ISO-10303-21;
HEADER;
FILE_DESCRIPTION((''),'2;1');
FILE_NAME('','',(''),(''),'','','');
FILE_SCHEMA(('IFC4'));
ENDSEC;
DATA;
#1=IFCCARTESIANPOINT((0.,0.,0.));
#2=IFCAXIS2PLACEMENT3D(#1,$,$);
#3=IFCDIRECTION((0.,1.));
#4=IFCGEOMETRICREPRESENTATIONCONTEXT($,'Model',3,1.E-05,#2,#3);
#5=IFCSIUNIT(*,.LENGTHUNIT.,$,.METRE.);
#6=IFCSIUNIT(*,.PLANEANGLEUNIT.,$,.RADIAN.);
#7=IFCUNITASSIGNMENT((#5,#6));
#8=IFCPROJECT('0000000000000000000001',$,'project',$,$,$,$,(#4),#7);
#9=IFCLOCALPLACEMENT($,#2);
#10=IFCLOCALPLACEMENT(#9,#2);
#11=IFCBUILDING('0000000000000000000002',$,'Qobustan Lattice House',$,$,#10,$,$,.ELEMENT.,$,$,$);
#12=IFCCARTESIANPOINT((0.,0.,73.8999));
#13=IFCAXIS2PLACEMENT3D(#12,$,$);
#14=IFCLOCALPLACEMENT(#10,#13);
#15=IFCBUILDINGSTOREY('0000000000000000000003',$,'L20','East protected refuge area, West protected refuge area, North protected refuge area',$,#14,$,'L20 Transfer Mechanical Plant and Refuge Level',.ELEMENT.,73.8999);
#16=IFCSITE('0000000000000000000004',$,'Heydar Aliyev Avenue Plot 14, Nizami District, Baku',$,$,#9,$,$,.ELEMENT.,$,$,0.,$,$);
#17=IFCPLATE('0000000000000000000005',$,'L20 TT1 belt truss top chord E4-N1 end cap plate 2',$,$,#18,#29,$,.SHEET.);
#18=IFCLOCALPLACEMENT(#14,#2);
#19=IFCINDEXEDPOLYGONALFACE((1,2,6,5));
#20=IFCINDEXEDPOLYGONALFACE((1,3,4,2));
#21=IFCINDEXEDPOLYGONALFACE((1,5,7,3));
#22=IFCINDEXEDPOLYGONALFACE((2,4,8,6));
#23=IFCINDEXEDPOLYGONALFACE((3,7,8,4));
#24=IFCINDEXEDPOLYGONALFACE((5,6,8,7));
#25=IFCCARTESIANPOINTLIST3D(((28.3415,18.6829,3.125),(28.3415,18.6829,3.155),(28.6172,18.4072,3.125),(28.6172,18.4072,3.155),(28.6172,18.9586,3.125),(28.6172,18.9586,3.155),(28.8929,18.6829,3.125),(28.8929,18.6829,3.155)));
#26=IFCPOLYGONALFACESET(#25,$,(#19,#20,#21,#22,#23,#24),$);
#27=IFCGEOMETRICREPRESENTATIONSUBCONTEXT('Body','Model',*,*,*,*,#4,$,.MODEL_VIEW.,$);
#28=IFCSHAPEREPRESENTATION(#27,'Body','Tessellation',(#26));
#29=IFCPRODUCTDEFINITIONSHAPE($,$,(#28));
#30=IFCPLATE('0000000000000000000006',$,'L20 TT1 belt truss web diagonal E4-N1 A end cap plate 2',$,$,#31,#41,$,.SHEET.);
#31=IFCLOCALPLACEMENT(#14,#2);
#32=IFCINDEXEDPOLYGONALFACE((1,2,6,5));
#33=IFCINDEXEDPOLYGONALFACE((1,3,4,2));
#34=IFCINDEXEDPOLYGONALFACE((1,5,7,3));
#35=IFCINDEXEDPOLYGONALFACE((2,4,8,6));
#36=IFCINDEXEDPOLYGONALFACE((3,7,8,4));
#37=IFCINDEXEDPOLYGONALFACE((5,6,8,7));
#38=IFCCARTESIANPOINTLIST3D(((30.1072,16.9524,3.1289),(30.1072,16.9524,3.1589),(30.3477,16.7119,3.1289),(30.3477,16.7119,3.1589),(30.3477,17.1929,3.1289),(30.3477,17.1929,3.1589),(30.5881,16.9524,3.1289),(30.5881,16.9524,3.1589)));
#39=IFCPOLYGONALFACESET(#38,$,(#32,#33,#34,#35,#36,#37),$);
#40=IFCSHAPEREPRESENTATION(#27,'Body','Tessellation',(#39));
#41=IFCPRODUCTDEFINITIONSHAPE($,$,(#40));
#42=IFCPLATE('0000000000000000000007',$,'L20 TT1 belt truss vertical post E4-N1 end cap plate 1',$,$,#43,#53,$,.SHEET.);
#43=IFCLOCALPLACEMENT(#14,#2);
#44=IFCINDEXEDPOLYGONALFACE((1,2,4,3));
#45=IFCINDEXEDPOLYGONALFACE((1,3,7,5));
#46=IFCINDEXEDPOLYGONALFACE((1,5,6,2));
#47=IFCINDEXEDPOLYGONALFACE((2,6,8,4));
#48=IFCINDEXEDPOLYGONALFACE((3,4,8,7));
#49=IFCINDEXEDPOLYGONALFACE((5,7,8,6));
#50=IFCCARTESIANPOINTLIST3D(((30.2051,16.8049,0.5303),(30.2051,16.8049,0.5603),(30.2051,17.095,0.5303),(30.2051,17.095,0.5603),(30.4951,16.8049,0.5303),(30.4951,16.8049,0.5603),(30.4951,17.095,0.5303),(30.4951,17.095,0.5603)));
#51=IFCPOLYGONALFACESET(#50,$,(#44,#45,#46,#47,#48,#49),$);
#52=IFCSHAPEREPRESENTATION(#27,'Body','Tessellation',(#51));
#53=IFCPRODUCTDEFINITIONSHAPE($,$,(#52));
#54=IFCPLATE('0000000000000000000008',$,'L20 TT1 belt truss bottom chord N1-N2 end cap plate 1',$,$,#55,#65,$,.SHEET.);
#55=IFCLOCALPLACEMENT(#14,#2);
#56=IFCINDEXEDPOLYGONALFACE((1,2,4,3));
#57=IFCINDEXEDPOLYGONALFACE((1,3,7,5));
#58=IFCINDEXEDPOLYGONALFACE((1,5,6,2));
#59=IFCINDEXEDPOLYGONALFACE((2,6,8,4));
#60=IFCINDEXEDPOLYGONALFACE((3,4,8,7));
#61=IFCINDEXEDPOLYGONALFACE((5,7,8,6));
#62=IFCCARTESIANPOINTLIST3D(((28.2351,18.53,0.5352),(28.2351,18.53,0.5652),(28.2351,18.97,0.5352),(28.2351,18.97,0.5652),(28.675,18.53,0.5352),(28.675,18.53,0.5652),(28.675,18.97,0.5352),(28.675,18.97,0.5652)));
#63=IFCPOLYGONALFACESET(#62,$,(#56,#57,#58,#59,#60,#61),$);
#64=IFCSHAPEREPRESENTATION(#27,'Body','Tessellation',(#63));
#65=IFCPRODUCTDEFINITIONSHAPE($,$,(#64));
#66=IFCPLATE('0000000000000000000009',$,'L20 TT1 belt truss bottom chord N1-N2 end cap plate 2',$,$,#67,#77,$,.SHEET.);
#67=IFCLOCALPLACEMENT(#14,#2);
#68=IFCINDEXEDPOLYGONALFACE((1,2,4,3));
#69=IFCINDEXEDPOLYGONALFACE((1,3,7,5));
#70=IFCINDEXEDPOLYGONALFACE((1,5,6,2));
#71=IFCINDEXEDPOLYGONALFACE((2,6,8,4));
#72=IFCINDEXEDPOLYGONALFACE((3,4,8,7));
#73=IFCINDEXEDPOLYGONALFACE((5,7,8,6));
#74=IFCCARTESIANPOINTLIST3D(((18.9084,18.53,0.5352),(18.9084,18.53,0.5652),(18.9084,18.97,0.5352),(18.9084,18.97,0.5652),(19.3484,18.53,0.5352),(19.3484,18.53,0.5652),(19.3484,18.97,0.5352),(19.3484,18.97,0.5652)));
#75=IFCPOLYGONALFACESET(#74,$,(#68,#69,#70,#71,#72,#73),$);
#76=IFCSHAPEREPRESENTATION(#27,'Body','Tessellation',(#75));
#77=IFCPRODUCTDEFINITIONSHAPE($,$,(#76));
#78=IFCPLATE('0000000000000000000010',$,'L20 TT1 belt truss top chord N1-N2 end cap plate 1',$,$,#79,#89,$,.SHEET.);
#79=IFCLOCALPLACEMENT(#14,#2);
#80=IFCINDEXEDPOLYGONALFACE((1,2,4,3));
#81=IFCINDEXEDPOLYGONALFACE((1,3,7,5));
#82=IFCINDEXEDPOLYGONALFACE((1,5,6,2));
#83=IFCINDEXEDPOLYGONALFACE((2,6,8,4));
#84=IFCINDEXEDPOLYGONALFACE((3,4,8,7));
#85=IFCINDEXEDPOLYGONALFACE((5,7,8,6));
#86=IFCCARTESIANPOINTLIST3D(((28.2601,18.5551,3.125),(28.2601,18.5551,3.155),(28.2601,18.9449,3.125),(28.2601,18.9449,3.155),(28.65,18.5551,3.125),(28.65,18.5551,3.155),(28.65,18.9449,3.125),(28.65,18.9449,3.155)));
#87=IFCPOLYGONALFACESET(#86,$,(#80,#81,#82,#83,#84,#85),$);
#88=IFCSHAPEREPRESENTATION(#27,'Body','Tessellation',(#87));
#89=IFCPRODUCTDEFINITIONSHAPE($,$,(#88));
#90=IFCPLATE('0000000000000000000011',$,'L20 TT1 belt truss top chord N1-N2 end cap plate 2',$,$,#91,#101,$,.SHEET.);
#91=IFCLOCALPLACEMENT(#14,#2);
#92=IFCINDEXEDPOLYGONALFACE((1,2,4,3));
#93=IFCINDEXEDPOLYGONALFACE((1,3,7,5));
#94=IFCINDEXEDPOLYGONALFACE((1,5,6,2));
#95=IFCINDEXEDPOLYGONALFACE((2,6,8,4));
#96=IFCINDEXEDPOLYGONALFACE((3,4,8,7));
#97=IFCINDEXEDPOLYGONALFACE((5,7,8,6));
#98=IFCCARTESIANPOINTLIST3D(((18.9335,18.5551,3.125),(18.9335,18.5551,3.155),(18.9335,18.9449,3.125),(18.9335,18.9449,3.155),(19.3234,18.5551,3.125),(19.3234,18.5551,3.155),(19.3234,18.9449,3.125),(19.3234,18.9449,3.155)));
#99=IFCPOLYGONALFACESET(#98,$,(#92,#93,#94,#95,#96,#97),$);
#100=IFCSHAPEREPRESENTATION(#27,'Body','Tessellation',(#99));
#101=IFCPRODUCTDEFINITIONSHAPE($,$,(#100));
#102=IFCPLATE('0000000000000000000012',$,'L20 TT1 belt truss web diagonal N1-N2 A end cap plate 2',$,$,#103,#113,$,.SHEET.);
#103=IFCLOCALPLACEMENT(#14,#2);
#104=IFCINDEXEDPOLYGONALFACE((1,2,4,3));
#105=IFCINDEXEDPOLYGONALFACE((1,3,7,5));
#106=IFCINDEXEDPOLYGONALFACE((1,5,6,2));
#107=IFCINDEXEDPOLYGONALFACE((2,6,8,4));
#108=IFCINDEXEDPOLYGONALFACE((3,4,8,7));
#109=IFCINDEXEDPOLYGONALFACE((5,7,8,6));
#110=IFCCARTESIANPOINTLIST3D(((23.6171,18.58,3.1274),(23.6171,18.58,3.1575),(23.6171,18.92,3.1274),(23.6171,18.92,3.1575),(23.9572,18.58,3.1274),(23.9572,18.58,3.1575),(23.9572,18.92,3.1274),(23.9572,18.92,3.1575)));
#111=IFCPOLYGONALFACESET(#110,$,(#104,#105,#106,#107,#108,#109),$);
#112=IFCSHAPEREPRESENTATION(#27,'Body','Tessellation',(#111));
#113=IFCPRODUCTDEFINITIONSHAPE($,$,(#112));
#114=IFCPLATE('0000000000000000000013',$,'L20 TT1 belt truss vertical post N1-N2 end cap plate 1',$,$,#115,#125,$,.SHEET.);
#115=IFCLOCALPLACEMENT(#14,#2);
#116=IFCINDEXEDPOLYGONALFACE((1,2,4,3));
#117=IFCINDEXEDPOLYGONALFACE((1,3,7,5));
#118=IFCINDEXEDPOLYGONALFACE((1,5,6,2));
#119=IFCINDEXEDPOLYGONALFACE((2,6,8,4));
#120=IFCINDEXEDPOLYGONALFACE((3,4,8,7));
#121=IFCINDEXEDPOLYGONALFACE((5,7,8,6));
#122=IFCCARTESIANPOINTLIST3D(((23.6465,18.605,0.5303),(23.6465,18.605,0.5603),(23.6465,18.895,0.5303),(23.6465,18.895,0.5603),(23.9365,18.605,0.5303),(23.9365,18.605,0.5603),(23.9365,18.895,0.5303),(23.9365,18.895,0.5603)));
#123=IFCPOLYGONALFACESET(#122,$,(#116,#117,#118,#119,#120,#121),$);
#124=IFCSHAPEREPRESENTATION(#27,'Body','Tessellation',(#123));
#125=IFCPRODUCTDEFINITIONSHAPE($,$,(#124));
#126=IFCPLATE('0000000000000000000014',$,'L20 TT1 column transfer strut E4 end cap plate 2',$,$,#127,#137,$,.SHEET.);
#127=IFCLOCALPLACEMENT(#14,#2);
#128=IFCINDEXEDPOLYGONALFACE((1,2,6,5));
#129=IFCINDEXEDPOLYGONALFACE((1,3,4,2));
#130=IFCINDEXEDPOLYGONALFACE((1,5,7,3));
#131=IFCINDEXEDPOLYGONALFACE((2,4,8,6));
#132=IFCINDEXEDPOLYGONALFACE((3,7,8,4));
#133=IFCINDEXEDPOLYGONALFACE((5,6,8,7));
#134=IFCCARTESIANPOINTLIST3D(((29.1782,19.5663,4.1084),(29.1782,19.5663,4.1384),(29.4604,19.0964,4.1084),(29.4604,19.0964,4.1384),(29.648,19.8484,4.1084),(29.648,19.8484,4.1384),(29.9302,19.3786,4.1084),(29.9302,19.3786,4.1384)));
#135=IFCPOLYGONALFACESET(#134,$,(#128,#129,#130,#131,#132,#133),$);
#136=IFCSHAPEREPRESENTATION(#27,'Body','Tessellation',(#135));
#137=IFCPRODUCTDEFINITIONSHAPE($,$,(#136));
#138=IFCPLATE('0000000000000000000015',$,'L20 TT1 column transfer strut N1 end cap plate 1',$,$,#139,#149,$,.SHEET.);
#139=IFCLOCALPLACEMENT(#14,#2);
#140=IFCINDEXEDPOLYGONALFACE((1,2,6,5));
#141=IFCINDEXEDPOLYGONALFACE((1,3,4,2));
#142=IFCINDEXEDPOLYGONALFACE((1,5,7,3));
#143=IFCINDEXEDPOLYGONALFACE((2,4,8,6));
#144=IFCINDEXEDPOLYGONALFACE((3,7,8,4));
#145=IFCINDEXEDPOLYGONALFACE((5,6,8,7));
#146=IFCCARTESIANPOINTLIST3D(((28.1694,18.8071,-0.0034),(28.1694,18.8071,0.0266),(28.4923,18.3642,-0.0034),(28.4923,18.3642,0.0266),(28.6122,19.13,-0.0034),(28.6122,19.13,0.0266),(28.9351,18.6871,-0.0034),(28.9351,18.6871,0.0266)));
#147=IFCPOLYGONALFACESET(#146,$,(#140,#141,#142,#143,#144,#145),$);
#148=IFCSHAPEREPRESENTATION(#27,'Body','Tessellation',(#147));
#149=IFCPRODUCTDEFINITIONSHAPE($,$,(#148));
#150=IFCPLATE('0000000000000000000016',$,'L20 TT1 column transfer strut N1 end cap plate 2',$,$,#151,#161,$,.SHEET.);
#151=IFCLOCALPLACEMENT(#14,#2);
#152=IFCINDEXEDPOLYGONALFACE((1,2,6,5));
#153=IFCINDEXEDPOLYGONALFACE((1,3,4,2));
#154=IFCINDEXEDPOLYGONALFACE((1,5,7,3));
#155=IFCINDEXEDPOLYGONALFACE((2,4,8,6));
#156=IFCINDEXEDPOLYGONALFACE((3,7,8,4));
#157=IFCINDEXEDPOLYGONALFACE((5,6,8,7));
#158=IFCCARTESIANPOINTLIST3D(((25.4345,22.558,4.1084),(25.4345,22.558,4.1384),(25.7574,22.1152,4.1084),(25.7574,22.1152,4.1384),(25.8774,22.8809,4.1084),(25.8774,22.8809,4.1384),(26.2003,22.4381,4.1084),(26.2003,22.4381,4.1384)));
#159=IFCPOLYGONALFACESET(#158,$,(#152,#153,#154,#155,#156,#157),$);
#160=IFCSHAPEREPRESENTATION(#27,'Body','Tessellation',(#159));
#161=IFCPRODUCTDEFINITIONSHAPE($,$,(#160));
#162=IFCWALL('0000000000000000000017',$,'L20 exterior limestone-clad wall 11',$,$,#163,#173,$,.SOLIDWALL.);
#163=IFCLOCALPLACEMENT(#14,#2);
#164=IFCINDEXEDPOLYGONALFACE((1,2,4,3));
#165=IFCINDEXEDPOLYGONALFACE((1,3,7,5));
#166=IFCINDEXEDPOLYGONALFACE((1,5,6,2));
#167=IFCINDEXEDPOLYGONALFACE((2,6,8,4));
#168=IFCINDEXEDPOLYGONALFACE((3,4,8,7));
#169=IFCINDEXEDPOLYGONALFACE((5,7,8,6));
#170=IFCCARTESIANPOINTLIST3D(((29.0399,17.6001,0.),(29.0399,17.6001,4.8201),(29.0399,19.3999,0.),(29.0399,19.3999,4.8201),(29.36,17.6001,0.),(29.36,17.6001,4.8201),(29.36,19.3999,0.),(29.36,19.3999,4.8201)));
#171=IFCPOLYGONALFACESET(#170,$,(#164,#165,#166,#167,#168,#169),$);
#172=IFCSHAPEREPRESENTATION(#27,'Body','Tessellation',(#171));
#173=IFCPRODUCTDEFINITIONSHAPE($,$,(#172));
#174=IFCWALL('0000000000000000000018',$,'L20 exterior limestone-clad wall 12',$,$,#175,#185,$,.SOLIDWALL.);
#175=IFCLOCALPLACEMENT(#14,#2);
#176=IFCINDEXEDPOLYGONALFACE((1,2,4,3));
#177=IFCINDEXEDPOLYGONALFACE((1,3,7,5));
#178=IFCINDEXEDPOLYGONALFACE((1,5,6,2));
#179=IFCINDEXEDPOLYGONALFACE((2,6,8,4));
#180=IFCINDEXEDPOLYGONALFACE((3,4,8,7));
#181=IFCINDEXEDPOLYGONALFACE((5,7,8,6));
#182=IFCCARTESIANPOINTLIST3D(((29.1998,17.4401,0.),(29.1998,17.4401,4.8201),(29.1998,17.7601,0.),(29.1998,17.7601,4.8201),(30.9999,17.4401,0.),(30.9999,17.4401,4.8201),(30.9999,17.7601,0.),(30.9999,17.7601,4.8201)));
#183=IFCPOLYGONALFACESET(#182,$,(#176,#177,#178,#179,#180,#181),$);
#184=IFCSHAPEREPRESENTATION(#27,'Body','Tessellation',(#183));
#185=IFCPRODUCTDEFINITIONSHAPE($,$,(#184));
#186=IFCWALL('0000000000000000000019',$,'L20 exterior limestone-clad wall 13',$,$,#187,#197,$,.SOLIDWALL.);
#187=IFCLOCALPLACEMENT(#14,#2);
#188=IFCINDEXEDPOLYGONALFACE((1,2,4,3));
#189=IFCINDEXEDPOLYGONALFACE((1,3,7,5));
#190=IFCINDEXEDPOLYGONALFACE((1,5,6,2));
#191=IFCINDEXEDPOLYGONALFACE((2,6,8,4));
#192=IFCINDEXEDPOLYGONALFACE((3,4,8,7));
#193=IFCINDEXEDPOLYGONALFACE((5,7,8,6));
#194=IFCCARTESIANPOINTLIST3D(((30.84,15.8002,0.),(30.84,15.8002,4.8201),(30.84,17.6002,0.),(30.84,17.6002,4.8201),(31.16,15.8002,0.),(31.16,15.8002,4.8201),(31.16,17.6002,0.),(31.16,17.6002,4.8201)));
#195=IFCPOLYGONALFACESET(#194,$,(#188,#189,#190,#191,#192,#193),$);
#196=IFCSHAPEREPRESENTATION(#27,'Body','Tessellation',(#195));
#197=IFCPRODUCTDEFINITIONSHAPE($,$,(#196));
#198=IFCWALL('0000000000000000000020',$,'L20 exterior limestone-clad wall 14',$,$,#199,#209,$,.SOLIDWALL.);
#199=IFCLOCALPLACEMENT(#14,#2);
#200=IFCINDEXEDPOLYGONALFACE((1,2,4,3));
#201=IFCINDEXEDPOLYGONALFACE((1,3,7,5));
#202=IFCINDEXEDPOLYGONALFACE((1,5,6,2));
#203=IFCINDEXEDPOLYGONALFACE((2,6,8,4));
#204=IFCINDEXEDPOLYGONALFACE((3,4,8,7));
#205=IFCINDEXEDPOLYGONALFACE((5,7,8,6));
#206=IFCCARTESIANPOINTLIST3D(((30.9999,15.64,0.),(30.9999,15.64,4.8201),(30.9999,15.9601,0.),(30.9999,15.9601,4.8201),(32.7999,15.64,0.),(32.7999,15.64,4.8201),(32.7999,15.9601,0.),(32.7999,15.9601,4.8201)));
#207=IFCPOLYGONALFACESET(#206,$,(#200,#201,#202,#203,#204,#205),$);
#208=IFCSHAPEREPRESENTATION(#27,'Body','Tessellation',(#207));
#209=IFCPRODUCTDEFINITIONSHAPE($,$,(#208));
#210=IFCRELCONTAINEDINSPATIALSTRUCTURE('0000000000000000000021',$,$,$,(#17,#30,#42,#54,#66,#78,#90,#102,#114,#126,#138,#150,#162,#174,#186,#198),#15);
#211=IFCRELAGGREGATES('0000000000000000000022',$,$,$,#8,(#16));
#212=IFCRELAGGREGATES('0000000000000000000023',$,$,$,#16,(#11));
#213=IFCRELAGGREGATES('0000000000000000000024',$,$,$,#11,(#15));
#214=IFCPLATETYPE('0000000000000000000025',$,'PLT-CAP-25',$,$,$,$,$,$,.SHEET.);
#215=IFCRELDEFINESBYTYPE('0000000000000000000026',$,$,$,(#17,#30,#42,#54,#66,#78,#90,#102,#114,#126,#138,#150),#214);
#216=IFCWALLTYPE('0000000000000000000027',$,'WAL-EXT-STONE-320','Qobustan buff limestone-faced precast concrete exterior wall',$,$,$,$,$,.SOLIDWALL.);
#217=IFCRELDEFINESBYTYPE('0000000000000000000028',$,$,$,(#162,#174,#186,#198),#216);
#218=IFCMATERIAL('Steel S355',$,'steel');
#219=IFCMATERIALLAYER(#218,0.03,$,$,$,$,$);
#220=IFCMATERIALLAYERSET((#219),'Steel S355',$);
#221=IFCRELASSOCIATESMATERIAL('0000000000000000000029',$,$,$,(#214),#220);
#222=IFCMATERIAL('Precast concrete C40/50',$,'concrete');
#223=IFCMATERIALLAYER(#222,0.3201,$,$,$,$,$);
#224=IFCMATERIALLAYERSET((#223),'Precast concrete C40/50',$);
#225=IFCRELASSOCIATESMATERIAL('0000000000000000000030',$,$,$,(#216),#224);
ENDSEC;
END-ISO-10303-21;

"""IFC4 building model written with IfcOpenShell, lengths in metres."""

from ifc_helpers import new_model, si_unit, direction, frame, frame_2d, origin, origin_2d, place, context, subcontext, project, spatial, rectangle, extrude, material, layer, layer_set, type_object, element, save


model = new_model("IFC4")

# Units and contexts
model_context = context("Model", 3, precision=1e-05, world=origin(), true_north=direction((0.0, 1.0)))
body_context = subcontext(model_context, "Body", "Model", "MODEL_VIEW")
ifc_project = project(units=[si_unit("LENGTHUNIT", "METRE"), si_unit("PLANEANGLEUNIT", "RADIAN")], contexts=[model_context])

# Site, building, storey
site_placement = place(None, origin())
site = spatial("IfcSite", under=ifc_project, at=site_placement, Name="Heydar Aliyev Avenue Plot 14, Nizami District, Baku", CompositionType="ELEMENT", RefElevation=0.0)
building_placement = place(site_placement, origin())
building = spatial("IfcBuilding", under=site, at=building_placement, Name="Qobustan Lattice House", CompositionType="ELEMENT")
storey_placement = place(building_placement, frame((0.0, 0.0, 73.8999)))
storey = spatial("IfcBuildingStorey", under=building, at=storey_placement, Name="L20", Description="East protected refuge area, West protected refuge area, North protected refuge area", LongName="L20 Transfer Mechanical Plant and Refuge Level", CompositionType="ELEMENT", Elevation=73.8999)

# Plates
ifc_material_1 = material(Name="Steel S355", Category="steel")
ifc_layer_1 = layer(ifc_material_1, 0.03)
ifc_layer_set_1 = layer_set([ifc_layer_1], Name="Steel S355")
plate_type = type_object("IfcPlateType", Name="PLT-CAP-25", PredefinedType="SHEET", material=ifc_layer_set_1)
for number, where, z_axis, x_axis, name in (
    (1, (28.6172, 18.6829, 3.125), (0.0, 0.0, 1.0), (-0.707107, 0.707107, 0.0), "L20 TT1 belt truss top chord E4-N1 end cap plate 2"),
):
    element("IfcPlate", number, at=place(storey_placement, frame(where, z_axis=z_axis, x_axis=x_axis)), inside=storey, type_object=plate_type, Name=name, PredefinedType="SHEET", context=body_context, shape_type="SweptSolid", body=[
        extrude(rectangle(XDim=0.3899, YDim=0.3899, at=origin_2d()), origin(), (0.0, 0.0, 1.0), 0.03),
    ])
plate_1_placement = place(storey_placement, frame((30.3477, 16.9524, 3.1289), z_axis=(0.0, 0.0, 1.0), x_axis=(-0.707107, 0.707107, 0.0)))
element("IfcPlate", 2, at=plate_1_placement, inside=storey, type_object=plate_type, Name="L20 TT1 belt truss web diagonal E4-N1 A end cap plate 2", PredefinedType="SHEET", context=body_context, shape_type="SweptSolid", body=[
    extrude(rectangle(XDim=0.3401, YDim=0.3401, at=origin_2d()), origin(), (0.0, 0.0, 1.0), 0.03),
])
plate_2_placement = place(storey_placement, frame((30.3501, 16.95, 0.5303), z_axis=(0.0, 0.0, 1.0), x_axis=(1.0, 0.0, 0.0)))
element("IfcPlate", 3, at=plate_2_placement, inside=storey, type_object=plate_type, Name="L20 TT1 belt truss vertical post E4-N1 end cap plate 1", PredefinedType="SHEET", context=body_context, shape_type="SweptSolid", body=[
    extrude(rectangle(XDim=0.29, YDim=0.29, at=origin_2d()), origin(), (0.0, 0.0, 1.0), 0.03),
])
for number, where, z_axis, x_axis, name in (
    (4, (28.4551, 18.75, 0.5352), (0.0, 0.0, 1.0), (-1.0, 0.0, 0.0), "L20 TT1 belt truss bottom chord N1-N2 end cap plate 1"),
    (5, (19.1284, 18.75, 0.5352), (0.0, 0.0, 1.0), (-1.0, 0.0, 0.0), "L20 TT1 belt truss bottom chord N1-N2 end cap plate 2"),
):
    element("IfcPlate", number, at=place(storey_placement, frame(where, z_axis=z_axis, x_axis=x_axis)), inside=storey, type_object=plate_type, Name=name, PredefinedType="SHEET", context=body_context, shape_type="SweptSolid", body=[
        extrude(rectangle(XDim=0.4399, YDim=0.4399, at=origin_2d()), origin(), (0.0, 0.0, 1.0), 0.03),
    ])
for number, where, z_axis, x_axis, name in (
    (6, (28.4551, 18.75, 3.125), (0.0, 0.0, 1.0), (-1.0, 0.0, 0.0), "L20 TT1 belt truss top chord N1-N2 end cap plate 1"),
    (7, (19.1284, 18.75, 3.125), (0.0, 0.0, 1.0), (-1.0, 0.0, 0.0), "L20 TT1 belt truss top chord N1-N2 end cap plate 2"),
):
    element("IfcPlate", number, at=place(storey_placement, frame(where, z_axis=z_axis, x_axis=x_axis)), inside=storey, type_object=plate_type, Name=name, PredefinedType="SHEET", context=body_context, shape_type="SweptSolid", body=[
        extrude(rectangle(XDim=0.3899, YDim=0.3899, at=origin_2d()), origin(), (0.0, 0.0, 1.0), 0.03),
    ])
plate_3_placement = place(storey_placement, frame((23.7871, 18.75, 3.1274), z_axis=(0.0, 0.0, 1.0), x_axis=(-1.0, 0.0, 0.0)))
element("IfcPlate", 8, at=plate_3_placement, inside=storey, type_object=plate_type, Name="L20 TT1 belt truss web diagonal N1-N2 A end cap plate 2", PredefinedType="SHEET", context=body_context, shape_type="SweptSolid", body=[
    extrude(rectangle(XDim=0.3401, YDim=0.3401, at=origin_2d()), origin(), (0.0, 0.0, 1.0), 0.03),
])
plate_4_placement = place(storey_placement, frame((23.7915, 18.75, 0.5303), z_axis=(0.0, 0.0, 1.0), x_axis=(1.0, 0.0, 0.0)))
element("IfcPlate", 9, at=plate_4_placement, inside=storey, type_object=plate_type, Name="L20 TT1 belt truss vertical post N1-N2 end cap plate 1", PredefinedType="SHEET", context=body_context, shape_type="SweptSolid", body=[
    extrude(rectangle(XDim=0.29, YDim=0.29, at=origin_2d()), origin(), (0.0, 0.0, 1.0), 0.03),
])
for number, where, z_axis, x_axis, name in (
    (10, (29.5542, 19.4724, 4.1084), (0.0, 0.0, 1.0), (-0.514844, 0.857284, 0.0), "L20 TT1 column transfer strut E4 end cap plate 2"),
    (11, (28.5522, 18.7471, -0.0034), (0.0, 0.0, 1.0), (-0.58914, 0.808031, 0.0), "L20 TT1 column transfer strut N1 end cap plate 1"),
    (12, (25.8174, 22.498, 4.1084), (0.0, 0.0, 1.0), (-0.58914, 0.808031, 0.0), "L20 TT1 column transfer strut N1 end cap plate 2"),
):
    element("IfcPlate", number, at=place(storey_placement, frame(where, z_axis=z_axis, x_axis=x_axis)), inside=storey, type_object=plate_type, Name=name, PredefinedType="SHEET", context=body_context, shape_type="SweptSolid", body=[
        extrude(rectangle(XDim=0.5481, YDim=0.5481, at=origin_2d()), origin(), (0.0, 0.0, 1.0), 0.03),
    ])

# Walls
ifc_material_2 = material(Name="Precast concrete C40/50", Category="concrete")
ifc_layer_2 = layer(ifc_material_2, 0.3201)
ifc_layer_set_2 = layer_set([ifc_layer_2], Name="Precast concrete C40/50")
wall_type_1 = type_object("IfcWallType", Name="WAL-EXT-STONE-320", Description="Qobustan buff limestone-faced precast concrete exterior wall", PredefinedType="SOLIDWALL", material=ifc_layer_set_2)
wall_1_placement = place(storey_placement, frame((29.2, 19.3999, 0.0), z_axis=(0.0, 0.0, 1.0), x_axis=(0.0, -1.0, 0.0)))
element("IfcWall", 13, at=wall_1_placement, inside=storey, type_object=wall_type_1, Name="L20 exterior limestone-clad wall 11", PredefinedType="SOLIDWALL", context=body_context, shape_type="SweptSolid", body=[
    extrude(rectangle(XDim=1.7998, YDim=0.3201, at=frame_2d((0.8999, 0.0))), origin(), (0.0, 0.0, 1.0), 4.8201),
])
for number, where, z_axis, x_axis, name in (
    (14, (29.2, 17.6001, 0.0), (0.0, 0.0, 1.0), (1.0, 0.0, 0.0), "L20 exterior limestone-clad wall 12"),
    (15, (31.0, 17.6001, 0.0), (0.0, 0.0, 1.0), (0.0, -1.0, 0.0), "L20 exterior limestone-clad wall 13"),
    (16, (31.0, 15.8, 0.0), (0.0, 0.0, 1.0), (1.0, 0.0, 0.0), "L20 exterior limestone-clad wall 14"),
):
    element("IfcWall", number, at=place(storey_placement, frame(where, z_axis=z_axis, x_axis=x_axis)), inside=storey, type_object=wall_type_1, Name=name, PredefinedType="SOLIDWALL", context=body_context, shape_type="SweptSolid", body=[
        extrude(rectangle(XDim=1.8, YDim=0.3201, at=frame_2d((0.8999, 0.0))), origin(), (0.0, 0.0, 1.0), 4.8201),
    ])

save(model, "model.ifc")
